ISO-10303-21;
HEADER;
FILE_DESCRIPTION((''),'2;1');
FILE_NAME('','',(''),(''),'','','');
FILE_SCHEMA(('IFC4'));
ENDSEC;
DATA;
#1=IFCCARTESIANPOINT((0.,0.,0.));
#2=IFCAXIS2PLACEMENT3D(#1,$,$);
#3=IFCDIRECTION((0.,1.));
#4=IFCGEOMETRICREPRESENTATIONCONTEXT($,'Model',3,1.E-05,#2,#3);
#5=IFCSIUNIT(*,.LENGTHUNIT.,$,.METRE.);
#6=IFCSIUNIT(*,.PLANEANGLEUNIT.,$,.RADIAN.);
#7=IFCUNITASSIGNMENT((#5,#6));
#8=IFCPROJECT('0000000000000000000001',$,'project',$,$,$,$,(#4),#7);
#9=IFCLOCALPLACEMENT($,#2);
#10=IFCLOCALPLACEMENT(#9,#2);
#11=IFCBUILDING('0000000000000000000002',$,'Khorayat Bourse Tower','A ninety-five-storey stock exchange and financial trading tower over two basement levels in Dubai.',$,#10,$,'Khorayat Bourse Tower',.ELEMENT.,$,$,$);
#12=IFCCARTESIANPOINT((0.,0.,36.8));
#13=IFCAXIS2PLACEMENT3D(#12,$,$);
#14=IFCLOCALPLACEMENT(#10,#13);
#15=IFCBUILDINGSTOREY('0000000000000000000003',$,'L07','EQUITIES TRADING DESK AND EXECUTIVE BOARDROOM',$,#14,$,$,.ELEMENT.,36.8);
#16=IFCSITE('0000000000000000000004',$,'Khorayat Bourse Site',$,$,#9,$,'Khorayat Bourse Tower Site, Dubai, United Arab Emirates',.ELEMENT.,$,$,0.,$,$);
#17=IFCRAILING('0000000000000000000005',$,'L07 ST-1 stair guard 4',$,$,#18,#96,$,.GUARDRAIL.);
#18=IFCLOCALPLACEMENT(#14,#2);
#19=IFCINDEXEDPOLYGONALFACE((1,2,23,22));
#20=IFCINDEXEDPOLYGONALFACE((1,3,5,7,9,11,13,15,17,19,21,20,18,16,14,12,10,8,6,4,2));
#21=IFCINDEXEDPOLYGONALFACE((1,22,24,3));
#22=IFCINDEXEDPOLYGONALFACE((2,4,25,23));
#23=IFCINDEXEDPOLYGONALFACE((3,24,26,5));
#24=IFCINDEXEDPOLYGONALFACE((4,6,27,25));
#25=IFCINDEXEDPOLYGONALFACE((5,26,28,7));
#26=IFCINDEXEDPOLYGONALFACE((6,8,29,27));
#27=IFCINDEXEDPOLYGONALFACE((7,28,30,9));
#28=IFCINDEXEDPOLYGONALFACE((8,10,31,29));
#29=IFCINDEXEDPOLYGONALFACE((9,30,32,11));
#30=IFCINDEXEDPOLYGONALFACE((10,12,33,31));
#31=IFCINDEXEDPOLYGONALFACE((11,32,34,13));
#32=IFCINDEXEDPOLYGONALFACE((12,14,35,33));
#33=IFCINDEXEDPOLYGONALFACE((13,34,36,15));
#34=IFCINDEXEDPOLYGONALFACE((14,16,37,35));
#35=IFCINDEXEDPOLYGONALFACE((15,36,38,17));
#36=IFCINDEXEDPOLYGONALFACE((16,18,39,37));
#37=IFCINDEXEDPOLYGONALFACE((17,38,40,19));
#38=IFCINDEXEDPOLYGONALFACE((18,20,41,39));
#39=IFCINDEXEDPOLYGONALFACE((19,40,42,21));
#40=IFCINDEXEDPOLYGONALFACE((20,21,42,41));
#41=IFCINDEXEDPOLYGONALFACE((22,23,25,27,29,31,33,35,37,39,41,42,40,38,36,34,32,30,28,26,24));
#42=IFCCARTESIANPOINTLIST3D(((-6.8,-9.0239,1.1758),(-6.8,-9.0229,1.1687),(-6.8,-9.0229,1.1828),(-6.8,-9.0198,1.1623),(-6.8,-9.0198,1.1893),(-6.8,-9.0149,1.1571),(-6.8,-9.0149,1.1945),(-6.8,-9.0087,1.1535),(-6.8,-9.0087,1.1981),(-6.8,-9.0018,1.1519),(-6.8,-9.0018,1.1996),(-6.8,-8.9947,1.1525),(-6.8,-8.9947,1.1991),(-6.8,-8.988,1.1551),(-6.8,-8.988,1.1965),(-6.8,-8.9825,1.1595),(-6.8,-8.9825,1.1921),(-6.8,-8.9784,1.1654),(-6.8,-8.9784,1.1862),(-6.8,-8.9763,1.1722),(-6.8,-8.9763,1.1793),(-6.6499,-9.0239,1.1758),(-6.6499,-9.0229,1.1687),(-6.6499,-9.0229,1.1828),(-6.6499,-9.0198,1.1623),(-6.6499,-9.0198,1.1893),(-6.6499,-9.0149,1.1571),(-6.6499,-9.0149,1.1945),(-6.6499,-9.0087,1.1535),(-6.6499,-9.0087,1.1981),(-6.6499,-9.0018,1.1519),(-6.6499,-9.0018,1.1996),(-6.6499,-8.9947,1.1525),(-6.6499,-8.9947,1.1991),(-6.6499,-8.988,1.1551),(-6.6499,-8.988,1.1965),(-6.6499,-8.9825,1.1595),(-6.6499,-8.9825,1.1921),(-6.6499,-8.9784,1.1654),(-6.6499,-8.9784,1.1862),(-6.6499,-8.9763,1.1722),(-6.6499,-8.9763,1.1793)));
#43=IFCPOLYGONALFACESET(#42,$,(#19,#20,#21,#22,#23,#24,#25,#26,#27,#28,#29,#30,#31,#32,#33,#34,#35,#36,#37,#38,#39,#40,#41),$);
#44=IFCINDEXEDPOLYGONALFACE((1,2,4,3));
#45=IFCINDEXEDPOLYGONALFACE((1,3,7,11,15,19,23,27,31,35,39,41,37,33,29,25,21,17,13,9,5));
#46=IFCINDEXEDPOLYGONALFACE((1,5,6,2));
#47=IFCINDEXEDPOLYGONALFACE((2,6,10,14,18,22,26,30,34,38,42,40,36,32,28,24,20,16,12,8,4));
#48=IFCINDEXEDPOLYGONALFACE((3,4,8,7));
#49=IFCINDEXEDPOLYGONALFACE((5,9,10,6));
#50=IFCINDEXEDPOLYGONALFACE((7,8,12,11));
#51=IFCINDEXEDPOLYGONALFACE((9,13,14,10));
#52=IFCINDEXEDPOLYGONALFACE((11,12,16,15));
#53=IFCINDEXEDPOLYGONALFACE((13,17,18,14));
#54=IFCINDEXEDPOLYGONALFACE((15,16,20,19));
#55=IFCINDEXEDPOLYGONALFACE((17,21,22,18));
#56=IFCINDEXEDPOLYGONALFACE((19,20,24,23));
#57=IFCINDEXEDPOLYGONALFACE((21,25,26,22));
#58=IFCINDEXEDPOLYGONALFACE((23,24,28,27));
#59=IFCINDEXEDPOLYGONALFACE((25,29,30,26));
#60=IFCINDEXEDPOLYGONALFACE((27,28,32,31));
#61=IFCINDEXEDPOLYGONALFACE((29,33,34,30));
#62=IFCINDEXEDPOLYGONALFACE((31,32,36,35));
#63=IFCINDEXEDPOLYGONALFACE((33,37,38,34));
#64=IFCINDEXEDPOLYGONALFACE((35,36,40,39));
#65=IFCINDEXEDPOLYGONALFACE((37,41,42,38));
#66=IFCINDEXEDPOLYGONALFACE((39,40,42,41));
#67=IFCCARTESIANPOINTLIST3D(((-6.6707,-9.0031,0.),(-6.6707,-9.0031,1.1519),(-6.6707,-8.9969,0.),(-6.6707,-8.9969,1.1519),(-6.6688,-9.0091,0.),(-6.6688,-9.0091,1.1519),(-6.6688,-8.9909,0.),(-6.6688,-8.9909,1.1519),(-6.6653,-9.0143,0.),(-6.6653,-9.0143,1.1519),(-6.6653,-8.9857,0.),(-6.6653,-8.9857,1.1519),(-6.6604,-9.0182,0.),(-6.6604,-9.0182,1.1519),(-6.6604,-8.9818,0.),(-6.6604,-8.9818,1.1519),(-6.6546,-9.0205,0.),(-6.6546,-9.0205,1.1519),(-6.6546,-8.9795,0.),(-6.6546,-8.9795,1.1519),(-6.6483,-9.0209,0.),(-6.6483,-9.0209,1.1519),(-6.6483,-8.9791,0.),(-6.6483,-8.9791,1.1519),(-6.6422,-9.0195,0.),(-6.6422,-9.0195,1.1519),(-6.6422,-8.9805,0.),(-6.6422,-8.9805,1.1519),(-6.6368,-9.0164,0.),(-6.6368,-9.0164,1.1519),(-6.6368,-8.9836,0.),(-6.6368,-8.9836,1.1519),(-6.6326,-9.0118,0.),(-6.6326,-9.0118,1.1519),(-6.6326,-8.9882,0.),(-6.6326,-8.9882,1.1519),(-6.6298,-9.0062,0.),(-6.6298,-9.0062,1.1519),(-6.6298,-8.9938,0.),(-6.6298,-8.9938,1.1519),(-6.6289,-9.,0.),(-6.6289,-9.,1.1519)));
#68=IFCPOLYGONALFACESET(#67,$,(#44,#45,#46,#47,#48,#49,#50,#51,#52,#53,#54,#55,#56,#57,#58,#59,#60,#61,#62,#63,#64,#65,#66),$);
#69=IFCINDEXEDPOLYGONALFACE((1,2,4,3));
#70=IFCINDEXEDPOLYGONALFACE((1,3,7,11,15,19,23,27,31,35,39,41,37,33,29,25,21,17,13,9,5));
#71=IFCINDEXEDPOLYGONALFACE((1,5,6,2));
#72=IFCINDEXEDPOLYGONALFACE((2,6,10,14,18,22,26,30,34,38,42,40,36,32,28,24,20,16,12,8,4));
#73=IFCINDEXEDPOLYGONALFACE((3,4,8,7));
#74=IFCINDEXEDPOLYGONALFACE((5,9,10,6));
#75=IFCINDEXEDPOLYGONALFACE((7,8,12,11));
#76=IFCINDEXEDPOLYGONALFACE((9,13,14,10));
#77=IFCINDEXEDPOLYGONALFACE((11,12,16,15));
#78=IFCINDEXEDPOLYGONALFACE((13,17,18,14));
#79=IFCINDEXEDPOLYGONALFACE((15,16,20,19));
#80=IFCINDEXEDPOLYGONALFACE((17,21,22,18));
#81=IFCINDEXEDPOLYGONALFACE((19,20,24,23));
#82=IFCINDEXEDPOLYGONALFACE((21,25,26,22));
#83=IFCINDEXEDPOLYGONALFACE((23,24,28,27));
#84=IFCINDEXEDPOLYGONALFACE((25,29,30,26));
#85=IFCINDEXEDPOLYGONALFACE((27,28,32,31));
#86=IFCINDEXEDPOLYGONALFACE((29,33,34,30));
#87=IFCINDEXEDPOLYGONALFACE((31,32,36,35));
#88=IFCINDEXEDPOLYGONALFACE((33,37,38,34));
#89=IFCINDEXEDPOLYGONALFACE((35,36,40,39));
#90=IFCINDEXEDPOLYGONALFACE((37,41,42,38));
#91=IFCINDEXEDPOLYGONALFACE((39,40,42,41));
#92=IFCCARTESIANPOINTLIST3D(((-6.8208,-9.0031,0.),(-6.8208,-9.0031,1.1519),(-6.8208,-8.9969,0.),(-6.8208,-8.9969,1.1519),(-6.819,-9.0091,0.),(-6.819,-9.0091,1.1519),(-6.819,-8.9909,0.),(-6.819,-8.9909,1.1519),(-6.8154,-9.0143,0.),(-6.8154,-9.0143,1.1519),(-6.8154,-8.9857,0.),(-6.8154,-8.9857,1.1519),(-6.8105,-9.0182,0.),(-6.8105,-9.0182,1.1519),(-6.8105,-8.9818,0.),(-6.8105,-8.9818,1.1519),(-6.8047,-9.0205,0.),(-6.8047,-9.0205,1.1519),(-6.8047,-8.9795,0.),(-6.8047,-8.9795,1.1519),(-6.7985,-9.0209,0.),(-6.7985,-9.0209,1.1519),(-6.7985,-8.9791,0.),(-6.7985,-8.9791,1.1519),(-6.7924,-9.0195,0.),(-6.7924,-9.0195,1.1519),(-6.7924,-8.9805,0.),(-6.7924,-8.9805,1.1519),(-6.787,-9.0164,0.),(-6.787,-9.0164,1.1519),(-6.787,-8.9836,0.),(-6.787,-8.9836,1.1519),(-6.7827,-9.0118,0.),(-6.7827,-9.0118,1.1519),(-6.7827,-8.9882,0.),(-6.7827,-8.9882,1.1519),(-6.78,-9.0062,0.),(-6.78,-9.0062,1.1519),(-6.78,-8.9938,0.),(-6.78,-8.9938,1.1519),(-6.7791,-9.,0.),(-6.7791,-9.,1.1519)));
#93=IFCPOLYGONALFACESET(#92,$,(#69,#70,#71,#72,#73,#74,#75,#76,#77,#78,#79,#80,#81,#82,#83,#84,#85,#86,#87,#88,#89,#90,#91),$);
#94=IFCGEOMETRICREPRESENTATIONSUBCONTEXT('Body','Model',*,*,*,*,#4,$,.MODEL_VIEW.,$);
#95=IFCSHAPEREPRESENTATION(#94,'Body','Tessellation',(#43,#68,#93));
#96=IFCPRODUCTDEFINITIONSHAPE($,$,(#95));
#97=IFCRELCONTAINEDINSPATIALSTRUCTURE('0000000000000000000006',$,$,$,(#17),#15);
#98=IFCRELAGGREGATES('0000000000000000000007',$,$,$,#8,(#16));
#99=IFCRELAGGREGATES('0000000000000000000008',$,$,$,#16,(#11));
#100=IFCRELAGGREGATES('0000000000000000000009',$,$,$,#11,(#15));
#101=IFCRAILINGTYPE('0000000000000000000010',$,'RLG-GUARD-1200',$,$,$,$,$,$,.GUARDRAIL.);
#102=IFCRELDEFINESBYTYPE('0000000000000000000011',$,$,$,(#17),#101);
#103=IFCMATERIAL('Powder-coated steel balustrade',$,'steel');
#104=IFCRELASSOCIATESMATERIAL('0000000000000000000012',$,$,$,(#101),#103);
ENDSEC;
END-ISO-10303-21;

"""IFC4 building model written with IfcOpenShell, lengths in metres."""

from ifc_helpers import new_model, si_unit, direction, frame, origin, origin_2d, place, context, subcontext, project, spatial, circle, extrude, source, transform, mapped, material, type_object, element, save


model = new_model("IFC4")

# Units and contexts
model_context = context("Model", 3, precision=1e-05, world=origin(), true_north=direction((0.0, 1.0)))
body_context = subcontext(model_context, "Body", "Model", "MODEL_VIEW")
ifc_project = project(units=[si_unit("LENGTHUNIT", "METRE"), si_unit("PLANEANGLEUNIT", "RADIAN")], contexts=[model_context])

# Site, building, storey
site_placement = place(None, origin())
site = spatial("IfcSite", under=ifc_project, at=site_placement, Name="Khorayat Bourse Site", LongName="Khorayat Bourse Tower Site, Dubai, United Arab Emirates", CompositionType="ELEMENT", RefElevation=0.0)
building_placement = place(site_placement, origin())
building = spatial("IfcBuilding", under=site, at=building_placement, Name="Khorayat Bourse Tower", Description="A ninety-five-storey stock exchange and financial trading tower over two basement levels in Dubai.", LongName="Khorayat Bourse Tower", CompositionType="ELEMENT")
storey_placement = place(building_placement, frame((0.0, 0.0, 36.8)))
storey = spatial("IfcBuildingStorey", under=building, at=storey_placement, Name="L07", Description="EQUITIES TRADING DESK AND EXECUTIVE BOARDROOM", CompositionType="ELEMENT", Elevation=36.8)

# Railing
ifc_material_1 = material(Name="Powder-coated steel balustrade", Category="steel")
railing_type_1 = type_object("IfcRailingType", Name="RLG-GUARD-1200", PredefinedType="GUARDRAIL", material=ifc_material_1)
shared_shape_1 = source(origin(), body_context, "Body", "SweptSolid", [
    extrude(circle(Radius=0.0239, at=origin_2d()), frame((0.0, 0.0, 1.1758), z_axis=(-1.0, 0.0, 0.0), x_axis=(0.0, -1.0, 0.0)), (0.0, 0.0, 1.0), 0.1501),
    extrude(circle(Radius=0.021, at=origin_2d()), origin(), (0.0, 0.0, 1.0), 1.1519),
    extrude(circle(Radius=0.021, at=origin_2d()), frame((-0.1501, 0.0, 0.0)), (0.0, 0.0, 1.0), 1.1519),
])
for number, where, name in (
    (1, (-6.6499, -9.0, 0.0), "L07 ST-1 stair guard 4"),
):
    element("IfcRailing", number, at=place(storey_placement, frame(where)), inside=storey, type_object=railing_type_1, Name=name, PredefinedType="GUARDRAIL", context=body_context, shape_type="MappedRepresentation", body=[
        mapped(shared_shape_1, transform((0.0, 0.0, 0.0), scale=1.0)),
    ])

save(model, "model.ifc")
